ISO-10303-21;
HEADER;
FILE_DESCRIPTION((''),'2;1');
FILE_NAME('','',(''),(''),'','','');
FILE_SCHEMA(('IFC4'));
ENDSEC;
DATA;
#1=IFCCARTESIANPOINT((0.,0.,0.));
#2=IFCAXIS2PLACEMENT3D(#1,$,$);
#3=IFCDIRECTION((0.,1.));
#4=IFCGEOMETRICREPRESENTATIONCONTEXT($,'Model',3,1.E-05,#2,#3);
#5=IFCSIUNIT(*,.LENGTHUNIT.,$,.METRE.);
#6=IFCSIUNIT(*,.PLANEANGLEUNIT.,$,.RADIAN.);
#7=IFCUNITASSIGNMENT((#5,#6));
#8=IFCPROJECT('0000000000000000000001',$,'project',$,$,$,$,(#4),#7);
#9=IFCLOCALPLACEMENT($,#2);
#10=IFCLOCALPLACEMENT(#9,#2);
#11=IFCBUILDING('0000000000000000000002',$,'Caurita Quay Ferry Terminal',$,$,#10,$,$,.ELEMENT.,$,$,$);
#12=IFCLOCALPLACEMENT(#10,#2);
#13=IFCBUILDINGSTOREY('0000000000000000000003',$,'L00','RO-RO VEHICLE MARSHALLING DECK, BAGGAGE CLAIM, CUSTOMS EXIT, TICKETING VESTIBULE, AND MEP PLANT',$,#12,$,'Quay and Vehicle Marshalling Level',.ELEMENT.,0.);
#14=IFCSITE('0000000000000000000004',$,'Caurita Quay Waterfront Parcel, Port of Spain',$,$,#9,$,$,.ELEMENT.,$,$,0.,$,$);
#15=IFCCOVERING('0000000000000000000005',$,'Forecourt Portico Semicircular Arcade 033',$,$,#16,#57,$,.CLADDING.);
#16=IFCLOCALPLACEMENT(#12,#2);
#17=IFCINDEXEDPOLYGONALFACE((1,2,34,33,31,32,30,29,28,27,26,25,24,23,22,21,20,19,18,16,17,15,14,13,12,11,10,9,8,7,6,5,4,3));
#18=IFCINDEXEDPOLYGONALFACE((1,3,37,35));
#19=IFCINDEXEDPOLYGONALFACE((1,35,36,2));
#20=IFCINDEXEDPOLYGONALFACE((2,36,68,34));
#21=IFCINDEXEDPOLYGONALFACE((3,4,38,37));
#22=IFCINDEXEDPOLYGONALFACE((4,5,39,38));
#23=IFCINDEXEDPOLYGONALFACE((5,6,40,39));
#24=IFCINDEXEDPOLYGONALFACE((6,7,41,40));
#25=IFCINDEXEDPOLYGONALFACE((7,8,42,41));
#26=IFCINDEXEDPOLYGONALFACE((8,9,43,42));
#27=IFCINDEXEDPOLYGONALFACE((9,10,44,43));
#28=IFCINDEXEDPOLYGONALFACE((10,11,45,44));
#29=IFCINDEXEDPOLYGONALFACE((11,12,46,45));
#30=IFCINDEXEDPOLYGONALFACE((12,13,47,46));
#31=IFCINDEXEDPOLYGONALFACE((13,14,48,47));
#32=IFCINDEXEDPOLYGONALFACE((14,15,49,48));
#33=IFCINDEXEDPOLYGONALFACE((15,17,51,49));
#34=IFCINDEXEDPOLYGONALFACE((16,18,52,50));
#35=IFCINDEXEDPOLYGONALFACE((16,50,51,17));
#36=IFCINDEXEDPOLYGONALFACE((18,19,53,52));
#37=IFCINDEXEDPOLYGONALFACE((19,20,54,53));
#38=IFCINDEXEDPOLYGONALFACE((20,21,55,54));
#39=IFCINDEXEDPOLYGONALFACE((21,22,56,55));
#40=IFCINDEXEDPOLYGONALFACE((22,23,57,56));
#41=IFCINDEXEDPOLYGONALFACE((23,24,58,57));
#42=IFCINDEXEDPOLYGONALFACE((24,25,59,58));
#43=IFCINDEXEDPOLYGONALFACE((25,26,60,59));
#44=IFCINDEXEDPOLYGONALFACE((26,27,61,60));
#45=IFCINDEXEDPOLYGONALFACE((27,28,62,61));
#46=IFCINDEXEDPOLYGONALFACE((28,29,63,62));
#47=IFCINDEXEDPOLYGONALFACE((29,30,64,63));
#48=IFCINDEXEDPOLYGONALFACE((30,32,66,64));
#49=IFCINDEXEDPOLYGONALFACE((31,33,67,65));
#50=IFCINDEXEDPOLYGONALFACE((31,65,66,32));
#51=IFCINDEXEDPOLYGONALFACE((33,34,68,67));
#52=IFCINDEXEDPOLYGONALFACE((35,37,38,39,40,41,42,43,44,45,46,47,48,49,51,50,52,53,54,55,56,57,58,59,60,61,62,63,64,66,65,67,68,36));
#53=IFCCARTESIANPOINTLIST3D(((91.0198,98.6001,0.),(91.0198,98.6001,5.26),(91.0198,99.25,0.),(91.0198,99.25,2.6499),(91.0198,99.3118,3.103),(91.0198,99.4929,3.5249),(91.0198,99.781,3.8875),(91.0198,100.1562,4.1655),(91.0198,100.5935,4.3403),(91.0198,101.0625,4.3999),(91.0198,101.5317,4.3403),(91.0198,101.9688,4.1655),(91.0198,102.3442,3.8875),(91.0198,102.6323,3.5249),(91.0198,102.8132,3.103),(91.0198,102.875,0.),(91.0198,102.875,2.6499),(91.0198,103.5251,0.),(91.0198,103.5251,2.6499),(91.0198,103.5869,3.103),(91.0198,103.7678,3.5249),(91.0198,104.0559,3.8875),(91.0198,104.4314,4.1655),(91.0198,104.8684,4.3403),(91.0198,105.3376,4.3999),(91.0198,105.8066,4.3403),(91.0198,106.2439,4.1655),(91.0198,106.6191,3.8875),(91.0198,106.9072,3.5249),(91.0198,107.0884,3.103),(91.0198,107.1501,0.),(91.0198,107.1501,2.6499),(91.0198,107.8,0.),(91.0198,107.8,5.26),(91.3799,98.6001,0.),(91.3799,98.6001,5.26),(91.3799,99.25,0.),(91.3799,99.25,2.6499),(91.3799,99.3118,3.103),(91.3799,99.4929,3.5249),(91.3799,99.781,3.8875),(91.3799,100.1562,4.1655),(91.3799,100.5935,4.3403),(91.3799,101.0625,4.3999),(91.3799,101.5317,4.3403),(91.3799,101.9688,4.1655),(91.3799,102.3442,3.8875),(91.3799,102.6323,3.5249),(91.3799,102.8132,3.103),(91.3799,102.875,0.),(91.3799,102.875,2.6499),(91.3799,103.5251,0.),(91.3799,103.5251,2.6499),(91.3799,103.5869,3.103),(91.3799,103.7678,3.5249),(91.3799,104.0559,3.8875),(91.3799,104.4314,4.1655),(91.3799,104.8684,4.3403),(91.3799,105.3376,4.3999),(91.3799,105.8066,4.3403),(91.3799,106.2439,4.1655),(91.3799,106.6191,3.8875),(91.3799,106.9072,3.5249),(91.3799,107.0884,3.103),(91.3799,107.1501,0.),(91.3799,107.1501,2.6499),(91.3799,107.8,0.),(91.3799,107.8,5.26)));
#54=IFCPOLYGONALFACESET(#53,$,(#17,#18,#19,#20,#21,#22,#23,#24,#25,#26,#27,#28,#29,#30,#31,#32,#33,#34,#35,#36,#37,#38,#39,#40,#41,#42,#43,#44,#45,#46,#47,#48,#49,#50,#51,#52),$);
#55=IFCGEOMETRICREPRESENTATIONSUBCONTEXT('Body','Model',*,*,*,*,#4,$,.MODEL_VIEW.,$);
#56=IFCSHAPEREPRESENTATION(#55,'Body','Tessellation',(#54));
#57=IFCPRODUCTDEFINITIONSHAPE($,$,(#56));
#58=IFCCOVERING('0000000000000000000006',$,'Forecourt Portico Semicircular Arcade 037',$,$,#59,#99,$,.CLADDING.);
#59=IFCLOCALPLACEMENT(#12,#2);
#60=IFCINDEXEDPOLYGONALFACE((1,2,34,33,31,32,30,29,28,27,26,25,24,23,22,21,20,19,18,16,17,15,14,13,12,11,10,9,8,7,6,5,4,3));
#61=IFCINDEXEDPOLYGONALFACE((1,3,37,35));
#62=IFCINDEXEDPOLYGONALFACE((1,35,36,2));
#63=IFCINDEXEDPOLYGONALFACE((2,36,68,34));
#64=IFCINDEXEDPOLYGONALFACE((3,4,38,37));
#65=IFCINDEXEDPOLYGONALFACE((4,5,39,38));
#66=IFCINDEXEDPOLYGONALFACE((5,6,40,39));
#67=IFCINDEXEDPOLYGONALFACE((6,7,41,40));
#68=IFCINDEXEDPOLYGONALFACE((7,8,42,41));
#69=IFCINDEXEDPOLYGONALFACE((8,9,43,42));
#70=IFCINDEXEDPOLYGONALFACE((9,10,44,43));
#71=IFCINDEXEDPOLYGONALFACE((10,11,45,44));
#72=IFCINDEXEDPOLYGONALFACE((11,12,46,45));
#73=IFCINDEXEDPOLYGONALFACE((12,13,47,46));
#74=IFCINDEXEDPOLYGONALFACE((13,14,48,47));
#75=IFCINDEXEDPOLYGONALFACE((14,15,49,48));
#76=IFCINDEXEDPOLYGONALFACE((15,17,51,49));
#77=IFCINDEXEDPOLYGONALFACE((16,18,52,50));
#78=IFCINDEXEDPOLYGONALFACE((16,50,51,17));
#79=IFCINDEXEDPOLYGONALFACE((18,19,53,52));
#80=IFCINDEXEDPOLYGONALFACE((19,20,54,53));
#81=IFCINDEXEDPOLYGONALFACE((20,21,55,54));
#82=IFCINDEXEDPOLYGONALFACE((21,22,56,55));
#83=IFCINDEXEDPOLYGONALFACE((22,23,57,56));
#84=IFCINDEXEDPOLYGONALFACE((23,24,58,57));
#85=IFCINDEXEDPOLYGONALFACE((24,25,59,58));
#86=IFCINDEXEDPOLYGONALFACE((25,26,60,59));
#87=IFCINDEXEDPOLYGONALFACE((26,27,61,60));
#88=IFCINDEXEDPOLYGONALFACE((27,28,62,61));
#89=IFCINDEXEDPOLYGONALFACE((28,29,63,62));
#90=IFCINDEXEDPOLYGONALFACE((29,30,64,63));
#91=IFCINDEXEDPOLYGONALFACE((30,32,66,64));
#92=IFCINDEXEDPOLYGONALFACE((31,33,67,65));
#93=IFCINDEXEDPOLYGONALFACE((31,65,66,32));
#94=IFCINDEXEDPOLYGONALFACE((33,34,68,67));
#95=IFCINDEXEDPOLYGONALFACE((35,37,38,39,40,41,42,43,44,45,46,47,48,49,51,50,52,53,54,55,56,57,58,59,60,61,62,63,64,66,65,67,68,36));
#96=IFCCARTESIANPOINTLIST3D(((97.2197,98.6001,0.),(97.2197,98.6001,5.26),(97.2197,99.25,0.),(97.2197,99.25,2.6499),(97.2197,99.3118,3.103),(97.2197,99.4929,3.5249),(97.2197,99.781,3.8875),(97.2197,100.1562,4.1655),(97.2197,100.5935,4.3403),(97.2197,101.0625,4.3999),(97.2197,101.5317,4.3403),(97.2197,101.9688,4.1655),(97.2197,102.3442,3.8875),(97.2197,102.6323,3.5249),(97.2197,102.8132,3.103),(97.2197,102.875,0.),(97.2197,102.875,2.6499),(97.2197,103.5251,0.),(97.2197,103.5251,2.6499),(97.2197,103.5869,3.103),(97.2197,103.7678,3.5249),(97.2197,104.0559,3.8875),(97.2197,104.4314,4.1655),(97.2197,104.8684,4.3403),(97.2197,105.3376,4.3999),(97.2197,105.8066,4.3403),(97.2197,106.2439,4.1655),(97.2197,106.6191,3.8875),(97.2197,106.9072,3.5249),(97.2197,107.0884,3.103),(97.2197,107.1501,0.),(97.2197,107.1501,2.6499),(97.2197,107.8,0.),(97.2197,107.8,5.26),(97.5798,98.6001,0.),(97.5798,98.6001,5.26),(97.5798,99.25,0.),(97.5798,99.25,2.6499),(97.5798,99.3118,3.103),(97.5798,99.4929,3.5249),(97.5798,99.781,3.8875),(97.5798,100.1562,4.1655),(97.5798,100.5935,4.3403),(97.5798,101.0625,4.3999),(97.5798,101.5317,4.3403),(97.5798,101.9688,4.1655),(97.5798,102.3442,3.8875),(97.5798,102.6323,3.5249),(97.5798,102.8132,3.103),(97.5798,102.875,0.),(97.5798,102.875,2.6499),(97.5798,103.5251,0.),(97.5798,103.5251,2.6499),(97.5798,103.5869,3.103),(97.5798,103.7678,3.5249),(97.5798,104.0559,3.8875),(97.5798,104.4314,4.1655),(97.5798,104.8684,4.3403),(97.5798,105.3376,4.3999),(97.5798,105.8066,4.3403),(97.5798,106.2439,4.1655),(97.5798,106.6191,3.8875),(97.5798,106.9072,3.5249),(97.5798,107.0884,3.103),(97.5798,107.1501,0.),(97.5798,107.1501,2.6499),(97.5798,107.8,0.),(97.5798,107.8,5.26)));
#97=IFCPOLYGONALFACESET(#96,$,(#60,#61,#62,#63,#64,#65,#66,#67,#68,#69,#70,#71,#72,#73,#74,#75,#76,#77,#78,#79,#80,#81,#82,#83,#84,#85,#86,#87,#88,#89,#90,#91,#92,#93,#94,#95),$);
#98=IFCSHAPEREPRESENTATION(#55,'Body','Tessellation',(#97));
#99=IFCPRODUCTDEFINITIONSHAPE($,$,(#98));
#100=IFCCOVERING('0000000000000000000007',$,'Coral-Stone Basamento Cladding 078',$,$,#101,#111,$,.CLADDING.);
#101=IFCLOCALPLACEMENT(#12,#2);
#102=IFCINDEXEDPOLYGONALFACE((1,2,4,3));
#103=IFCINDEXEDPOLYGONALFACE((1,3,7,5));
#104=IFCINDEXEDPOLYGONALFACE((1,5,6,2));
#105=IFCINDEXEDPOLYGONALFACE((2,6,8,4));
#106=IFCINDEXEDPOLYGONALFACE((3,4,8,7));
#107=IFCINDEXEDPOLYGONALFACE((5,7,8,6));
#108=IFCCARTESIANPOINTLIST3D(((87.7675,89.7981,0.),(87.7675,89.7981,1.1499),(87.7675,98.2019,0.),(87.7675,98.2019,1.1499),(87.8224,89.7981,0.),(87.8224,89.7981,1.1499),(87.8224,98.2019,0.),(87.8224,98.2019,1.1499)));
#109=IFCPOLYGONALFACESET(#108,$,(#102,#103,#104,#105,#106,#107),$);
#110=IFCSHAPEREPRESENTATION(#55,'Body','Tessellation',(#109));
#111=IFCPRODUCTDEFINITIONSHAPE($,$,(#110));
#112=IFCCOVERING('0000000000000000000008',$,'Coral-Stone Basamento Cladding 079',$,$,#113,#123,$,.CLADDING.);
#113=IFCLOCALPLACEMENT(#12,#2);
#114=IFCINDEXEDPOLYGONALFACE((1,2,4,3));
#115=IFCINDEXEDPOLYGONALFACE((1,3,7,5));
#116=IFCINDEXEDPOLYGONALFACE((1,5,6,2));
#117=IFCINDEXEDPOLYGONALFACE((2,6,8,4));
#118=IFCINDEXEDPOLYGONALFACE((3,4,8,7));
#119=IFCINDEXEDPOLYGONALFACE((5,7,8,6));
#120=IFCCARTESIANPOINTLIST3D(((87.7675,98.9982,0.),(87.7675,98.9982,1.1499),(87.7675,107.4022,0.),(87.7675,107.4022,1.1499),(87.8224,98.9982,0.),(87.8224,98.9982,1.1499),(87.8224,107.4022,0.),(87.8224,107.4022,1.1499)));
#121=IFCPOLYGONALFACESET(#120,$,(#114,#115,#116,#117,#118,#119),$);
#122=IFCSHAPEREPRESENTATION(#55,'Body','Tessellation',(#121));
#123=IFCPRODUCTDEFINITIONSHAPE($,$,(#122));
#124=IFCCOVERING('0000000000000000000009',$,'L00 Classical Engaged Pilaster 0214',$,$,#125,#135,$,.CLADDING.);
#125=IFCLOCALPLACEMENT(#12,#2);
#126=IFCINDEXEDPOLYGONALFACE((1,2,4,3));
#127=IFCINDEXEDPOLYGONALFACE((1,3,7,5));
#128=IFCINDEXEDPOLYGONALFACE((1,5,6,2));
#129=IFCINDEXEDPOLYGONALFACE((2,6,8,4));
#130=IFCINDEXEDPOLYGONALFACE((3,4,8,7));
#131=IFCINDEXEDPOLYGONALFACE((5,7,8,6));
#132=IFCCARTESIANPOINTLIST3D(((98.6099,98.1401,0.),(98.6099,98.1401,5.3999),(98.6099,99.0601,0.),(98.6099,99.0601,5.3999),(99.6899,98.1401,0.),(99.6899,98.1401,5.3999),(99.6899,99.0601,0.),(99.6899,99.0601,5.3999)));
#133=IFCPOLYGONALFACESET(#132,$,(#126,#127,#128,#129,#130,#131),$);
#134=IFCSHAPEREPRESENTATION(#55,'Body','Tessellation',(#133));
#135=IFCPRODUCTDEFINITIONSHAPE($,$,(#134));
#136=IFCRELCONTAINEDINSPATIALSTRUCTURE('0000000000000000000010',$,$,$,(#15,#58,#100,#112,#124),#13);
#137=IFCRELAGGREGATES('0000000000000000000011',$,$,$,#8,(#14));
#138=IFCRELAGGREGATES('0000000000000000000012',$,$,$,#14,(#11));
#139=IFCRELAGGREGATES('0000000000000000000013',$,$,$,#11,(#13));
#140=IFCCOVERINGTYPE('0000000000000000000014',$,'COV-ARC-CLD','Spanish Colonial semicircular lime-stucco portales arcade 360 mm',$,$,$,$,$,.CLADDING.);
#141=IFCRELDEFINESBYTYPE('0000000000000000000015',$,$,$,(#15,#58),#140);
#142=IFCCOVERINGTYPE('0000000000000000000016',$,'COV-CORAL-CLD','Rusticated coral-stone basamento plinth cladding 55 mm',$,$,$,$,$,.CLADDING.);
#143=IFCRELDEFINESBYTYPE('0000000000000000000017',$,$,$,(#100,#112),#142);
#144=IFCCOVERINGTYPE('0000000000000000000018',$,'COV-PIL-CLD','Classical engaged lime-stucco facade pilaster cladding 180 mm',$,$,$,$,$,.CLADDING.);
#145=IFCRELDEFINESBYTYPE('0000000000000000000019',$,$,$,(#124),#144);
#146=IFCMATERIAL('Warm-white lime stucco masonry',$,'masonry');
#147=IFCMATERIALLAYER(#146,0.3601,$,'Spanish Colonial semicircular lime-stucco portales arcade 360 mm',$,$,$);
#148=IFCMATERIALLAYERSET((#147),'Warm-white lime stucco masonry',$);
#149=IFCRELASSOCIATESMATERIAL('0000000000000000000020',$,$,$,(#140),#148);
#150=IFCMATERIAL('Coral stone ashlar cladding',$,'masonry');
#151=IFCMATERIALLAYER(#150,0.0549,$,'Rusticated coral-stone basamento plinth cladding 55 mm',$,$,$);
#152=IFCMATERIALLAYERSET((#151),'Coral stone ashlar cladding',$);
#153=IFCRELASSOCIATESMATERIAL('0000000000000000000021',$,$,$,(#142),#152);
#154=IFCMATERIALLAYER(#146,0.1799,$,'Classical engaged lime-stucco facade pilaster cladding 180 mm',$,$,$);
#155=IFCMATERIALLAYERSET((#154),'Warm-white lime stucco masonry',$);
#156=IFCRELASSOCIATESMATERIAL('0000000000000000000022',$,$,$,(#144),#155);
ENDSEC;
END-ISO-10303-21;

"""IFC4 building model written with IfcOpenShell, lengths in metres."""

from ifc_helpers import new_model, si_unit, direction, frame, frame_2d, origin, origin_2d, place, context, subcontext, project, spatial, polyline, rectangle, outline, extrude, material, layer, layer_set, type_object, element, save


model = new_model("IFC4")

# Units and contexts
model_context = context("Model", 3, precision=1e-05, world=origin(), true_north=direction((0.0, 1.0)))
body_context = subcontext(model_context, "Body", "Model", "MODEL_VIEW")
ifc_project = project(units=[si_unit("LENGTHUNIT", "METRE"), si_unit("PLANEANGLEUNIT", "RADIAN")], contexts=[model_context])

# Site, building, storey
site_placement = place(None, origin())
site = spatial("IfcSite", under=ifc_project, at=site_placement, Name="Caurita Quay Waterfront Parcel, Port of Spain", CompositionType="ELEMENT", RefElevation=0.0)
building_placement = place(site_placement, origin())
building = spatial("IfcBuilding", under=site, at=building_placement, Name="Caurita Quay Ferry Terminal", CompositionType="ELEMENT")
storey_placement = place(building_placement, origin())
storey = spatial("IfcBuildingStorey", under=building, at=storey_placement, Name="L00", Description="RO-RO VEHICLE MARSHALLING DECK, BAGGAGE CLAIM, CUSTOMS EXIT, TICKETING VESTIBULE, AND MEP PLANT", LongName="Quay and Vehicle Marshalling Level", CompositionType="ELEMENT", Elevation=0.0)

# Shared definitions
ifc_material_1 = material(Name="Warm-white lime stucco masonry", Category="masonry")

# Coverings
ifc_layer_1 = layer(ifc_material_1, 0.3601, Name="Spanish Colonial semicircular lime-stucco portales arcade 360 mm")
ifc_layer_set_1 = layer_set([ifc_layer_1], Name="Warm-white lime stucco masonry")
covering_type_1 = type_object("IfcCoveringType", Name="COV-ARC-CLD", Description="Spanish Colonial semicircular lime-stucco portales arcade 360 mm", PredefinedType="CLADDING", material=ifc_layer_set_1)
for number, where, z_axis, x_axis, name in (
    (1, (91.2, 98.6001, 0.0), (0.0, 0.0, 1.0), (0.0, 1.0, 0.0), "Forecourt Portico Semicircular Arcade 033"),
    (2, (97.3999, 98.6001, 0.0), (0.0, 0.0, 1.0), (0.0, 1.0, 0.0), "Forecourt Portico Semicircular Arcade 037"),
):
    element("IfcCovering", number, at=place(storey_placement, frame(where, z_axis=z_axis, x_axis=x_axis)), inside=storey, type_object=covering_type_1, Name=name, PredefinedType="CLADDING", context=body_context, shape_type="SweptSolid", body=[
        extrude(outline(polyline([(0.0, 0.0), (0.6499, 0.0), (0.6499, 2.6499), (0.7117, 3.103), (0.8928, 3.5249), (1.1809, 3.8875), (1.5562, 4.1655), (1.9934, 4.3403), (2.4624, 4.3999), (2.9316, 4.3403), (3.3687, 4.1655), (3.7441, 3.8875), (4.0322, 3.5249), (4.2131, 3.103), (4.2749, 2.6499), (4.2749, 0.0), (4.925, 0.0), (4.925, 2.6499), (4.9868, 3.103), (5.1677, 3.5249), (5.4558, 3.8875), (5.8313, 4.1655), (6.2683, 4.3403), (6.7375, 4.3999), (7.2065, 4.3403), (7.6438, 4.1655), (8.019, 3.8875), (8.3071, 3.5249), (8.4883, 3.103), (8.55, 2.6499), (8.55, 0.0), (9.2, 0.0), (9.2, 5.26), (0.0, 5.26), (0.0, 0.0)])), frame((0.0, 0.1802, 0.0), z_axis=(0.0, -1.0, 0.0), x_axis=(1.0, 0.0, 0.0)), (0.0, 0.0, 1.0), 0.3601),
    ])
ifc_material_2 = material(Name="Coral stone ashlar cladding", Category="masonry")
ifc_layer_2 = layer(ifc_material_2, 0.0549, Name="Rusticated coral-stone basamento plinth cladding 55 mm")
ifc_layer_set_2 = layer_set([ifc_layer_2], Name="Coral stone ashlar cladding")
covering_type_2 = type_object("IfcCoveringType", Name="COV-CORAL-CLD", Description="Rusticated coral-stone basamento plinth cladding 55 mm", PredefinedType="CLADDING", material=ifc_layer_set_2)
covering_1_placement = place(storey_placement, frame((87.7949, 89.7981, 0.0), z_axis=(0.0, 0.0, 1.0), x_axis=(0.0, 1.0, 0.0)))
element("IfcCovering", 3, at=covering_1_placement, inside=storey, type_object=covering_type_2, Name="Coral-Stone Basamento Cladding 078", PredefinedType="CLADDING", context=body_context, shape_type="SweptSolid", body=[
    extrude(rectangle(XDim=8.4038, YDim=0.0549, at=frame_2d((4.2019, 0.0))), origin(), (0.0, 0.0, 1.0), 1.1499),
])
covering_2_placement = place(storey_placement, frame((87.7949, 98.998, 0.0), z_axis=(0.0, 0.0, 1.0), x_axis=(0.0, 1.0, 0.0)))
element("IfcCovering", 4, at=covering_2_placement, inside=storey, type_object=covering_type_2, Name="Coral-Stone Basamento Cladding 079", PredefinedType="CLADDING", context=body_context, shape_type="SweptSolid", body=[
    extrude(rectangle(XDim=8.4041, YDim=0.0549, at=frame_2d((4.2021, 0.0))), origin(), (0.0, 0.0, 1.0), 1.1499),
])
ifc_layer_3 = layer(ifc_material_1, 0.1799, Name="Classical engaged lime-stucco facade pilaster cladding 180 mm")
ifc_layer_set_3 = layer_set([ifc_layer_3], Name="Warm-white lime stucco masonry")
covering_type_3 = type_object("IfcCoveringType", Name="COV-PIL-CLD", Description="Classical engaged lime-stucco facade pilaster cladding 180 mm", PredefinedType="CLADDING", material=ifc_layer_set_3)
covering_3_placement = place(storey_placement, frame((99.1499, 98.6001, 0.0), z_axis=(0.0, 0.0, 1.0), x_axis=(1.0, 0.0, 0.0)))
element("IfcCovering", 5, at=covering_3_placement, inside=storey, type_object=covering_type_3, Name="L00 Classical Engaged Pilaster 0214", PredefinedType="CLADDING", context=body_context, shape_type="SweptSolid", body=[
    extrude(rectangle(XDim=1.0801, YDim=0.9199, at=origin_2d()), origin(), (0.0, 0.0, 1.0), 5.3999),
])

save(model, "model.ifc")
